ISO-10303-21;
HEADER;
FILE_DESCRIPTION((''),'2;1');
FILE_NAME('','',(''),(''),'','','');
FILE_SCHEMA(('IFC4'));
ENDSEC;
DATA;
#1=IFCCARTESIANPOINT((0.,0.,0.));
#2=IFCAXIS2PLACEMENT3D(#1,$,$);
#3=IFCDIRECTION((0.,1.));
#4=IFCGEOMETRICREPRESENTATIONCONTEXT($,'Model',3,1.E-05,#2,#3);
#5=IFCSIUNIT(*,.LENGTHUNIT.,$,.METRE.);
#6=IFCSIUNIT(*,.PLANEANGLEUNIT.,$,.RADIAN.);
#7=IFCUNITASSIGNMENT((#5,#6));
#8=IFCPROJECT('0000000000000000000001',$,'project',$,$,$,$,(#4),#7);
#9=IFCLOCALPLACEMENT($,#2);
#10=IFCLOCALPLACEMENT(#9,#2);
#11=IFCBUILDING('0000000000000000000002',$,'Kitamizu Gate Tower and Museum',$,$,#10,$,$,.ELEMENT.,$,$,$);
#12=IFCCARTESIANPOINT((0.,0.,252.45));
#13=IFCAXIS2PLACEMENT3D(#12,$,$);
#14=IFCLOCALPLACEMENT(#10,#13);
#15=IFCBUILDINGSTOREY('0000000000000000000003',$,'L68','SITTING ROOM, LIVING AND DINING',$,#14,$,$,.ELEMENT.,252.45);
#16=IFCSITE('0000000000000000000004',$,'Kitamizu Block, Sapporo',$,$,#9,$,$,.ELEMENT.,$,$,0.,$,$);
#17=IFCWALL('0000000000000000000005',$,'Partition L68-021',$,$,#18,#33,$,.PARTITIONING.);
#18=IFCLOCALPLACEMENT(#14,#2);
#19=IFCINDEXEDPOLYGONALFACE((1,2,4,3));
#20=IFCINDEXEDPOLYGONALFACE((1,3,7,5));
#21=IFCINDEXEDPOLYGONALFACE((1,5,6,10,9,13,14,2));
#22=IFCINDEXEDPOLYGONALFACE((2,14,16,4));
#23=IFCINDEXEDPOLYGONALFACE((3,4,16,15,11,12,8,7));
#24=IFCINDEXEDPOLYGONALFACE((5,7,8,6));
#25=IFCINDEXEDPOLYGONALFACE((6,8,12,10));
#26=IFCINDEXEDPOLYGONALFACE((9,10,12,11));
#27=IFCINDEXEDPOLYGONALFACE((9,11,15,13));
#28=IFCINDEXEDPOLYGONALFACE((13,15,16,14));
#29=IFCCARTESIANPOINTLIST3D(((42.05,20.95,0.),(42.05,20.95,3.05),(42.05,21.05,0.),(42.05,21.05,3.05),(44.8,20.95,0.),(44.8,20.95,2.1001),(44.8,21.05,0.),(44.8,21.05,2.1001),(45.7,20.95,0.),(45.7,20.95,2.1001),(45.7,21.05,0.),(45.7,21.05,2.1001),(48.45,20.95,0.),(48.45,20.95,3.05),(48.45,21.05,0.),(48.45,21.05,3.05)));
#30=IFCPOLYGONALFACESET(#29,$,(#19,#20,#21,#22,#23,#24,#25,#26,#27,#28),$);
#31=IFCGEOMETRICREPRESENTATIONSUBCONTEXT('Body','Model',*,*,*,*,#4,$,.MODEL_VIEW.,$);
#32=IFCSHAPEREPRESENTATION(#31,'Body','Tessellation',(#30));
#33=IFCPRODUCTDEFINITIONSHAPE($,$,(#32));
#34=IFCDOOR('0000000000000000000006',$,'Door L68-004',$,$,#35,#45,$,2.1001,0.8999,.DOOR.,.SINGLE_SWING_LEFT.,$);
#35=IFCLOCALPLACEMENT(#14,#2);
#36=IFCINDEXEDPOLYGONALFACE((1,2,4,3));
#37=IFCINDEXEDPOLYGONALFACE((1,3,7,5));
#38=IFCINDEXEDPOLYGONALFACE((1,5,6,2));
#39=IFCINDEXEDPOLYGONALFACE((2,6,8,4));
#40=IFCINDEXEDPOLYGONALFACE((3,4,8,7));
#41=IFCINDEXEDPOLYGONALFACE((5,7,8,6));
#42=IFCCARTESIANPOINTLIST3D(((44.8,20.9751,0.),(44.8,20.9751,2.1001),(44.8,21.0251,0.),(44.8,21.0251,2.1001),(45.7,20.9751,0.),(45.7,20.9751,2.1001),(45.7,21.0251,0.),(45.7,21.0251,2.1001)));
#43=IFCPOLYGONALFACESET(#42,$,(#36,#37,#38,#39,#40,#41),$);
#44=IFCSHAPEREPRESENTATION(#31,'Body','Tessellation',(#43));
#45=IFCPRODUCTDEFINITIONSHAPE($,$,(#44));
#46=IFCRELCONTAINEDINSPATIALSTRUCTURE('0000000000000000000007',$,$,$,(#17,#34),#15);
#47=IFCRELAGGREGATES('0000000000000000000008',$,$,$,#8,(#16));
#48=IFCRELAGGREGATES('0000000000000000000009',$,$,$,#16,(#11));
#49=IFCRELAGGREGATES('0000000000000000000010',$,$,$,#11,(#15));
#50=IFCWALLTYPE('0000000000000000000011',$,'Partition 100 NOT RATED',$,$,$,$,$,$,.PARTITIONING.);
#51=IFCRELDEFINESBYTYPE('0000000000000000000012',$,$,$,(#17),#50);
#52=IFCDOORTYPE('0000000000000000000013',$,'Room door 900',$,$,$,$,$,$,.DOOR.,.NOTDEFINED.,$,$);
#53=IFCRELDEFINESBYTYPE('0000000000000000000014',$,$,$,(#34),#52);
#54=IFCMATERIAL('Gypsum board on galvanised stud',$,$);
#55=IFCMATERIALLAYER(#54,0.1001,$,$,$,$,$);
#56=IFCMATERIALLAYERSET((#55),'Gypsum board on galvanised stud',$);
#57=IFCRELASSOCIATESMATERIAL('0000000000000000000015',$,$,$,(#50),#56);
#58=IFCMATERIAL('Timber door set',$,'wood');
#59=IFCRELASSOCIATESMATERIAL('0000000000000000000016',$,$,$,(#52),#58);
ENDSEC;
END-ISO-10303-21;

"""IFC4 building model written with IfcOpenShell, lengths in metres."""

from ifc_helpers import new_model, si_unit, direction, frame, frame_2d, origin, place, context, subcontext, project, spatial, rectangle, extrude, material, layer, layer_set, type_object, element, fill, save


model = new_model("IFC4")

# Units and contexts
model_context = context("Model", 3, precision=1e-05, world=origin(), true_north=direction((0.0, 1.0)))
body_context = subcontext(model_context, "Body", "Model", "MODEL_VIEW")
ifc_project = project(units=[si_unit("LENGTHUNIT", "METRE"), si_unit("PLANEANGLEUNIT", "RADIAN")], contexts=[model_context])

# Site, building, storey
site_placement = place(None, origin())
site = spatial("IfcSite", under=ifc_project, at=site_placement, Name="Kitamizu Block, Sapporo", CompositionType="ELEMENT", RefElevation=0.0)
building_placement = place(site_placement, origin())
building = spatial("IfcBuilding", under=site, at=building_placement, Name="Kitamizu Gate Tower and Museum", CompositionType="ELEMENT")
storey_placement = place(building_placement, frame((0.0, 0.0, 252.45)))
storey = spatial("IfcBuildingStorey", under=building, at=storey_placement, Name="L68", Description="SITTING ROOM, LIVING AND DINING", CompositionType="ELEMENT", Elevation=252.45)

# Shared definitions
ifc_material_1 = material(Name="Gypsum board on galvanised stud")
ifc_layer_1 = layer(ifc_material_1, 0.1001)
ifc_layer_set_1 = layer_set([ifc_layer_1], Name="Gypsum board on galvanised stud")
wall_type_1 = type_object("IfcWallType", Name="Partition 100 NOT RATED", PredefinedType="PARTITIONING", material=ifc_layer_set_1)
ifc_material_2 = material(Name="Timber door set", Category="wood")
door_type_1 = type_object("IfcDoorType", Name="Room door 900", OperationType="NOTDEFINED", PredefinedType="DOOR", material=ifc_material_2)

# Wall, opening, door
wall_1_placement = place(storey_placement, frame((48.45, 21.0, 0.0), z_axis=(0.0, 0.0, 1.0), x_axis=(-1.0, 0.0, 0.0)))
wall_1 = element("IfcWall", 1, at=wall_1_placement, inside=storey, type_object=wall_type_1, Name="Partition L68-021", PredefinedType="PARTITIONING", context=body_context, shape_type="SweptSolid", body=[
    extrude(rectangle(XDim=6.3999, YDim=0.1001, at=frame_2d((3.2, 0.0))), origin(), (0.0, 0.0, 1.0), 3.05),
])
opening_1_placement = place(wall_1_placement, frame((2.75, 0.0, 0.0)))
opening_1 = element("IfcOpeningElement", 2, at=opening_1_placement, cuts=wall_1, PredefinedType="OPENING", context=body_context, shape_type="SweptSolid", body=[
    extrude(rectangle(XDim=0.8999, YDim=2.1001, at=frame_2d((0.45, 1.05))), frame((0.0, 0.0601, 0.0), z_axis=(0.0, -1.0, 0.0), x_axis=(1.0, 0.0, 0.0)), (0.0, 0.0, 1.0), 0.1201),
])
door_1_placement = place(opening_1_placement, origin())
door_1 = element("IfcDoor", 3, at=door_1_placement, inside=storey, type_object=door_type_1, Name="Door L68-004", OperationType="SINGLE_SWING_LEFT", OverallHeight=2.1001, OverallWidth=0.8999, PredefinedType="DOOR", context=body_context, shape_type="SweptSolid", body=[
    extrude(rectangle(XDim=0.8999, YDim=2.1001, at=frame_2d((0.45, 1.05))), frame((0.0, 0.0249, 0.0), z_axis=(0.0, -1.0, 0.0), x_axis=(1.0, 0.0, 0.0)), (0.0, 0.0, 1.0), 0.05),
])
fill(opening_1, door_1)

save(model, "model.ifc")
